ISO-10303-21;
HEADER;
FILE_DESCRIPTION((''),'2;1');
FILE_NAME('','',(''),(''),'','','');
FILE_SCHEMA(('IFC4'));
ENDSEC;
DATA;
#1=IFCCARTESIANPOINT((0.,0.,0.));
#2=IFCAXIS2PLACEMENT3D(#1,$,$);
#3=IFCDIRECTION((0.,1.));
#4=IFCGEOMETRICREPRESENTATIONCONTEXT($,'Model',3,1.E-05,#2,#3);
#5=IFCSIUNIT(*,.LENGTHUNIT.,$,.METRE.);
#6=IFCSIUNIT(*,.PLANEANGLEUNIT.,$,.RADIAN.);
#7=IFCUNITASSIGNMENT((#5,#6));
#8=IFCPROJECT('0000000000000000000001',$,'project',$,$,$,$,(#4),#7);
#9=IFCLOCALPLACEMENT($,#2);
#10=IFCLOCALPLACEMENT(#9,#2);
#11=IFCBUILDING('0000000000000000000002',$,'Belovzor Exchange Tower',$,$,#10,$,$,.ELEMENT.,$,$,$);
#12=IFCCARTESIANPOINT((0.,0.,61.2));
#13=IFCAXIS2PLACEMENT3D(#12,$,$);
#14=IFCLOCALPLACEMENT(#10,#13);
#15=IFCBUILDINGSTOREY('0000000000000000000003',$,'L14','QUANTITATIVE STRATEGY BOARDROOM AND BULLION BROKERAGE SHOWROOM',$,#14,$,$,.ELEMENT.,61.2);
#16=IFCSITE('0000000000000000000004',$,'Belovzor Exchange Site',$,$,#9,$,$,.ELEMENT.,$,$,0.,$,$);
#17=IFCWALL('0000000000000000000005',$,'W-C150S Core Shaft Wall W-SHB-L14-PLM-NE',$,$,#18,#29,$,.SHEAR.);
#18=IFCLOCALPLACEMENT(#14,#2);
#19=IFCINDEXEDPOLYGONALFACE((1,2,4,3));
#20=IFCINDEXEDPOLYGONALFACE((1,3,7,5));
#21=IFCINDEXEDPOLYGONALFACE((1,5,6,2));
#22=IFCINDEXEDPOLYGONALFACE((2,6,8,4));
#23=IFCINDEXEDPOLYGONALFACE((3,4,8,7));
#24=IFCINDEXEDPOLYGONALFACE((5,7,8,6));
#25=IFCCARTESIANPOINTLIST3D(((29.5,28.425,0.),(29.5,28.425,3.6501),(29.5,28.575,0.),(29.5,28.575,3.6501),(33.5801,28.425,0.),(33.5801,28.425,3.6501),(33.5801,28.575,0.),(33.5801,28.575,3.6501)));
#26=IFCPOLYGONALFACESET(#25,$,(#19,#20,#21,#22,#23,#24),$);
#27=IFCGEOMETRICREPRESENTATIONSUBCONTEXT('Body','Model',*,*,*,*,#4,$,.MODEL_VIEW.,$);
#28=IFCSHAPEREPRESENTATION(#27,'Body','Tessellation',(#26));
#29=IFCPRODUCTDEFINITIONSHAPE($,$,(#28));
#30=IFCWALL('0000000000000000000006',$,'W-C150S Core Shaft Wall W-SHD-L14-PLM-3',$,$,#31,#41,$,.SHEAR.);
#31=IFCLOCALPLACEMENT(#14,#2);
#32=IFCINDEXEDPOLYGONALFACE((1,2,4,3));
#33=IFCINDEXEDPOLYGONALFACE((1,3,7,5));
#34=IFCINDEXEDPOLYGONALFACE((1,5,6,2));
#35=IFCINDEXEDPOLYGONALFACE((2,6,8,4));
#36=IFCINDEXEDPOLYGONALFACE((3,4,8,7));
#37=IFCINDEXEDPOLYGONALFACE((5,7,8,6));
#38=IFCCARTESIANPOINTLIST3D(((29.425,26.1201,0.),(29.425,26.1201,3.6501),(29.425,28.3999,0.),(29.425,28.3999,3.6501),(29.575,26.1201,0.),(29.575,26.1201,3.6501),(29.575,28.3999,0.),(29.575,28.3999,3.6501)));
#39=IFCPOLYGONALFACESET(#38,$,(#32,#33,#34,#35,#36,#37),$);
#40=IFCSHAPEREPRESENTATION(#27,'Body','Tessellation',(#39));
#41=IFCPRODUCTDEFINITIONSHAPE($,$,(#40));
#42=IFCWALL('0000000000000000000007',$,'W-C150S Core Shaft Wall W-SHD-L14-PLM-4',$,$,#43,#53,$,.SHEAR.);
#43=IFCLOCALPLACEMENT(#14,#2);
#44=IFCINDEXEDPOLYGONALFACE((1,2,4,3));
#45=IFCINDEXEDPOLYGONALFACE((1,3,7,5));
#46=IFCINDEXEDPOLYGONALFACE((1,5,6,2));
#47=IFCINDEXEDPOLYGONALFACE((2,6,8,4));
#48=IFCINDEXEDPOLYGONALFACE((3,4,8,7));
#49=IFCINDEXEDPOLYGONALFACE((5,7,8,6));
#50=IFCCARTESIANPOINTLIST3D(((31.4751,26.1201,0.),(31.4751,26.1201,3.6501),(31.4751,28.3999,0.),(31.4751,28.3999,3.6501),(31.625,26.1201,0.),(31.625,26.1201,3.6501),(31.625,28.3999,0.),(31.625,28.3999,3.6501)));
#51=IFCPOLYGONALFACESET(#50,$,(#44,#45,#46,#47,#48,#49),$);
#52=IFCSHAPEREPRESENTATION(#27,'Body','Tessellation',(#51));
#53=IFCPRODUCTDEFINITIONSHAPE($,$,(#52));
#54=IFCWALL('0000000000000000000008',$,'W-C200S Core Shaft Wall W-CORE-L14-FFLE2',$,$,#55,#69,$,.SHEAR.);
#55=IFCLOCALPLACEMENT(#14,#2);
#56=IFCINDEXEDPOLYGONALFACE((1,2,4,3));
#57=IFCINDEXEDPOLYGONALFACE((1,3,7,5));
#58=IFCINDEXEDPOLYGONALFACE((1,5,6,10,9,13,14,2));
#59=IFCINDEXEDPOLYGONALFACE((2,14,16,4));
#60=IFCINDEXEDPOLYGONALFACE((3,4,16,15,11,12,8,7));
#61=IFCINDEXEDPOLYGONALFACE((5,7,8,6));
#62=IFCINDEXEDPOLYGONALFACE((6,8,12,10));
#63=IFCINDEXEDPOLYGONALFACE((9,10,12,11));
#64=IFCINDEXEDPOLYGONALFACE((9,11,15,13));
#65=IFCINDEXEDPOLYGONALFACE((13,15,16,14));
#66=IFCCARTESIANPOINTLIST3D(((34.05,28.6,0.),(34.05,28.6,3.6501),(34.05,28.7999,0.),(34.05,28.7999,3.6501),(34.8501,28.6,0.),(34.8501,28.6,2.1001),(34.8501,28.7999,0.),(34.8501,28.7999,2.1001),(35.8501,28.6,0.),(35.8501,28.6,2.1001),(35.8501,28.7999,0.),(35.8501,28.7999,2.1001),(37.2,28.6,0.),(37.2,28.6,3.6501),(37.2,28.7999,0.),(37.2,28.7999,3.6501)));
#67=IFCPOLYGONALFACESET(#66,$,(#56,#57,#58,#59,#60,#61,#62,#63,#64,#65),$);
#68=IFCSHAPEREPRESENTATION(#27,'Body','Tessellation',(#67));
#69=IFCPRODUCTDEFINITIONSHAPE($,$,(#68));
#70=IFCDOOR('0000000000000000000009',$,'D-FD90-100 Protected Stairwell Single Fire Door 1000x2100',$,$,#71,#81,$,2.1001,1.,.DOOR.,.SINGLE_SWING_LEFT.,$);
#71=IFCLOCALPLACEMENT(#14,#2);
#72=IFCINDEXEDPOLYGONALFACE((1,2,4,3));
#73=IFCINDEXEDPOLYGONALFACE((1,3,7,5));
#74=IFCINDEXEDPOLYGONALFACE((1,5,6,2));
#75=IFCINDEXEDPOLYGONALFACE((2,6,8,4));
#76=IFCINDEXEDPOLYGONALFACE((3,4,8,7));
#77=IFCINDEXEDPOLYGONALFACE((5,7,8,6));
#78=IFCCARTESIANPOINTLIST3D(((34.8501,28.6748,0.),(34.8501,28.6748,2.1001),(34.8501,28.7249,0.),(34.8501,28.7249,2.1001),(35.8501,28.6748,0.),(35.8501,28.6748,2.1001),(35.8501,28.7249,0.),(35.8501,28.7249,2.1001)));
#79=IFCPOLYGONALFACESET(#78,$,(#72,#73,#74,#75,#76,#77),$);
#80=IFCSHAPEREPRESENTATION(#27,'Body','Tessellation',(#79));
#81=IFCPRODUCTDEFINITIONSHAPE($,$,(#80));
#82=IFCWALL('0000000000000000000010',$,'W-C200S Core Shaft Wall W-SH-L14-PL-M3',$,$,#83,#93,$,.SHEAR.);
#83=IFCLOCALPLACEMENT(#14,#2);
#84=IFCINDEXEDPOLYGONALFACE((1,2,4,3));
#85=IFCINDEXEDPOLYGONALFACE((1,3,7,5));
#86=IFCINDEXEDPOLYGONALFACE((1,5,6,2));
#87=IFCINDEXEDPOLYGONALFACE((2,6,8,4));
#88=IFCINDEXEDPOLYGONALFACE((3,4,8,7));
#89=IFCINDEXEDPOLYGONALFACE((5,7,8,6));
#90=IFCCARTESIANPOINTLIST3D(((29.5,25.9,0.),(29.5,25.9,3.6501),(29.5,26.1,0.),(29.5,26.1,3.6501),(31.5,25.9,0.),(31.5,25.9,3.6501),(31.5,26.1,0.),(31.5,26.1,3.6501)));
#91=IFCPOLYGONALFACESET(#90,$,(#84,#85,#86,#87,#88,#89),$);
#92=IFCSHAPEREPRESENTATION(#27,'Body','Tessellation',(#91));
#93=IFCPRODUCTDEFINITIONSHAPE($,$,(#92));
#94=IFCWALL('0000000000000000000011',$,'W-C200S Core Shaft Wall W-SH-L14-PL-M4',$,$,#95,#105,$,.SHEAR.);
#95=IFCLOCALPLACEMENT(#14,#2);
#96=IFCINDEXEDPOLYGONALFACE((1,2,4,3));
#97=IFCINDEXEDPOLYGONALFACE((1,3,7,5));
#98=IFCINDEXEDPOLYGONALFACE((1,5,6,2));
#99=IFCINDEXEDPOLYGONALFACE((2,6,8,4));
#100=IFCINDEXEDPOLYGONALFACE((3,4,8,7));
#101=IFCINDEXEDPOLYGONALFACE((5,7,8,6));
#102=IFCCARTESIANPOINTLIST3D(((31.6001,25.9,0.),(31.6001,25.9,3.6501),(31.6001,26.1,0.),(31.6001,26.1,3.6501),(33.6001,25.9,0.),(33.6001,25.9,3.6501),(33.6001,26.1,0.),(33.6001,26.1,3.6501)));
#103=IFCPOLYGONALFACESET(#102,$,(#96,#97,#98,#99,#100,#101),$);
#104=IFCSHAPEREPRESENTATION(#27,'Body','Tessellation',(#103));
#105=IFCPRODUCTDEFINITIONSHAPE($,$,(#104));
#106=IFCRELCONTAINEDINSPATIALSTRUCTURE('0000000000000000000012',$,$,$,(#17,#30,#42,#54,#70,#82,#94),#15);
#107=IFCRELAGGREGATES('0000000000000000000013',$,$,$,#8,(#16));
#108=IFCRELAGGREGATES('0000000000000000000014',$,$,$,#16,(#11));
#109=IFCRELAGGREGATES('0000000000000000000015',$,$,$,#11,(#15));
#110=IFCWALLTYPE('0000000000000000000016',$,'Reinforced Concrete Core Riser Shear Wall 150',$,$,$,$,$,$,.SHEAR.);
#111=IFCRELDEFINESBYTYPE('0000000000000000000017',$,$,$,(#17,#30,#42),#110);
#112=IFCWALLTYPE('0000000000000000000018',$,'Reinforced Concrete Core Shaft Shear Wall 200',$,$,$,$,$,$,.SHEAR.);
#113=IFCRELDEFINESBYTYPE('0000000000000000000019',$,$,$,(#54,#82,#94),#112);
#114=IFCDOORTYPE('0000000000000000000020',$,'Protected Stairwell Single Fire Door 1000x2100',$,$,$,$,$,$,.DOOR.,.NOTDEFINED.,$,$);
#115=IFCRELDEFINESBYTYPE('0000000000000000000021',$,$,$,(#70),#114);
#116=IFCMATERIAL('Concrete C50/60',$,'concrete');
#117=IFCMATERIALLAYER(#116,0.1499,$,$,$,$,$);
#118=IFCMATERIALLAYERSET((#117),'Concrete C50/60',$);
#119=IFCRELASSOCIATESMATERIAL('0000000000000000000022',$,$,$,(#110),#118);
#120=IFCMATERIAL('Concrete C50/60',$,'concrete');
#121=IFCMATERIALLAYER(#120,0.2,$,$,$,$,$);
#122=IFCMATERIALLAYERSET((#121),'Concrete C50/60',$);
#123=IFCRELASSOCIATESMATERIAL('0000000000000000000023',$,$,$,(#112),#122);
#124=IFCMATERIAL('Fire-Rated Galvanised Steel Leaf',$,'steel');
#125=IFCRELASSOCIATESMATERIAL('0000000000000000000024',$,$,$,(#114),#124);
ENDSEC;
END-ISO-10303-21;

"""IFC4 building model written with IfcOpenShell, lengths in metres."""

from ifc_helpers import new_model, si_unit, direction, frame, frame_2d, origin, place, context, subcontext, project, spatial, rectangle, extrude, material, layer, layer_set, type_object, element, fill, save


model = new_model("IFC4")

# Units and contexts
model_context = context("Model", 3, precision=1e-05, world=origin(), true_north=direction((0.0, 1.0)))
body_context = subcontext(model_context, "Body", "Model", "MODEL_VIEW")
ifc_project = project(units=[si_unit("LENGTHUNIT", "METRE"), si_unit("PLANEANGLEUNIT", "RADIAN")], contexts=[model_context])

# Site, building, storey
site_placement = place(None, origin())
site = spatial("IfcSite", under=ifc_project, at=site_placement, Name="Belovzor Exchange Site", CompositionType="ELEMENT", RefElevation=0.0)
building_placement = place(site_placement, origin())
building = spatial("IfcBuilding", under=site, at=building_placement, Name="Belovzor Exchange Tower", CompositionType="ELEMENT")
storey_placement = place(building_placement, frame((0.0, 0.0, 61.2)))
storey = spatial("IfcBuildingStorey", under=building, at=storey_placement, Name="L14", Description="QUANTITATIVE STRATEGY BOARDROOM AND BULLION BROKERAGE SHOWROOM", CompositionType="ELEMENT", Elevation=61.2)

# Walls
ifc_material_1 = material(Name="Concrete C50/60", Category="concrete")
ifc_layer_1 = layer(ifc_material_1, 0.1499)
ifc_layer_set_1 = layer_set([ifc_layer_1], Name="Concrete C50/60")
wall_type_1 = type_object("IfcWallType", Name="Reinforced Concrete Core Riser Shear Wall 150", PredefinedType="SHEAR", material=ifc_layer_set_1)
wall_1_placement = place(storey_placement, frame((29.5, 28.5, 0.0), z_axis=(0.0, 0.0, 1.0), x_axis=(1.0, 0.0, 0.0)))
element("IfcWall", 1, at=wall_1_placement, inside=storey, type_object=wall_type_1, Name="W-C150S Core Shaft Wall W-SHB-L14-PLM-NE", PredefinedType="SHEAR", context=body_context, shape_type="SweptSolid", body=[
    extrude(rectangle(XDim=4.0801, YDim=0.1499, at=frame_2d((2.04, 0.0))), origin(), (0.0, 0.0, 1.0), 3.6501),
])
for number, where, z_axis, x_axis, name in (
    (2, (29.5, 26.1201, 0.0), (0.0, 0.0, 1.0), (0.0, 1.0, 0.0), "W-C150S Core Shaft Wall W-SHD-L14-PLM-3"),
    (3, (31.55, 26.1201, 0.0), (0.0, 0.0, 1.0), (0.0, 1.0, 0.0), "W-C150S Core Shaft Wall W-SHD-L14-PLM-4"),
):
    element("IfcWall", number, at=place(storey_placement, frame(where, z_axis=z_axis, x_axis=x_axis)), inside=storey, type_object=wall_type_1, Name=name, PredefinedType="SHEAR", context=body_context, shape_type="SweptSolid", body=[
        extrude(rectangle(XDim=2.2798, YDim=0.1499, at=frame_2d((1.1399, 0.0))), origin(), (0.0, 0.0, 1.0), 3.6501),
    ])

# Wall, opening, door
ifc_material_2 = material(Name="Concrete C50/60", Category="concrete")
ifc_layer_2 = layer(ifc_material_2, 0.2)
ifc_layer_set_2 = layer_set([ifc_layer_2], Name="Concrete C50/60")
wall_type_2 = type_object("IfcWallType", Name="Reinforced Concrete Core Shaft Shear Wall 200", PredefinedType="SHEAR", material=ifc_layer_set_2)
wall_2_placement = place(storey_placement, frame((34.05, 28.7, 0.0), z_axis=(0.0, 0.0, 1.0), x_axis=(1.0, 0.0, 0.0)))
wall_2 = element("IfcWall", 4, at=wall_2_placement, inside=storey, type_object=wall_type_2, Name="W-C200S Core Shaft Wall W-CORE-L14-FFLE2", PredefinedType="SHEAR", context=body_context, shape_type="SweptSolid", body=[
    extrude(rectangle(XDim=3.1499, YDim=0.2, at=frame_2d((1.575, 0.0))), origin(), (0.0, 0.0, 1.0), 3.6501),
])
opening_1_placement = place(wall_2_placement, frame((0.8, 0.0, 0.0)))
opening_1 = element("IfcOpeningElement", 5, at=opening_1_placement, cuts=wall_2, PredefinedType="OPENING", context=body_context, shape_type="SweptSolid", body=[
    extrude(rectangle(XDim=1.0, YDim=2.1001, at=frame_2d((0.5, 1.05))), frame((0.0, 0.1099, 0.0), z_axis=(0.0, -1.0, 0.0), x_axis=(1.0, 0.0, 0.0)), (0.0, 0.0, 1.0), 0.22),
])
ifc_material_3 = material(Name="Fire-Rated Galvanised Steel Leaf", Category="steel")
door_type_1 = type_object("IfcDoorType", Name="Protected Stairwell Single Fire Door 1000x2100", OperationType="NOTDEFINED", PredefinedType="DOOR", material=ifc_material_3)
door_1_placement = place(opening_1_placement, origin())
door_1 = element("IfcDoor", 6, at=door_1_placement, inside=storey, type_object=door_type_1, Name="D-FD90-100 Protected Stairwell Single Fire Door 1000x2100", OperationType="SINGLE_SWING_LEFT", OverallHeight=2.1001, OverallWidth=1.0, PredefinedType="DOOR", context=body_context, shape_type="SweptSolid", body=[
    extrude(rectangle(XDim=1.0, YDim=2.1001, at=frame_2d((0.5, 1.05))), frame((0.0, 0.0249, 0.0), z_axis=(0.0, -1.0, 0.0), x_axis=(1.0, 0.0, 0.0)), (0.0, 0.0, 1.0), 0.05),
])
fill(opening_1, door_1)

# Walls
for number, where, z_axis, x_axis, name in (
    (7, (29.5, 26.0, 0.0), (0.0, 0.0, 1.0), (1.0, 0.0, 0.0), "W-C200S Core Shaft Wall W-SH-L14-PL-M3"),
    (8, (31.6001, 26.0, 0.0), (0.0, 0.0, 1.0), (1.0, 0.0, 0.0), "W-C200S Core Shaft Wall W-SH-L14-PL-M4"),
):
    element("IfcWall", number, at=place(storey_placement, frame(where, z_axis=z_axis, x_axis=x_axis)), inside=storey, type_object=wall_type_2, Name=name, PredefinedType="SHEAR", context=body_context, shape_type="SweptSolid", body=[
        extrude(rectangle(XDim=2.0, YDim=0.2, at=frame_2d((1.0, 0.0))), origin(), (0.0, 0.0, 1.0), 3.6501),
    ])

save(model, "model.ifc")
